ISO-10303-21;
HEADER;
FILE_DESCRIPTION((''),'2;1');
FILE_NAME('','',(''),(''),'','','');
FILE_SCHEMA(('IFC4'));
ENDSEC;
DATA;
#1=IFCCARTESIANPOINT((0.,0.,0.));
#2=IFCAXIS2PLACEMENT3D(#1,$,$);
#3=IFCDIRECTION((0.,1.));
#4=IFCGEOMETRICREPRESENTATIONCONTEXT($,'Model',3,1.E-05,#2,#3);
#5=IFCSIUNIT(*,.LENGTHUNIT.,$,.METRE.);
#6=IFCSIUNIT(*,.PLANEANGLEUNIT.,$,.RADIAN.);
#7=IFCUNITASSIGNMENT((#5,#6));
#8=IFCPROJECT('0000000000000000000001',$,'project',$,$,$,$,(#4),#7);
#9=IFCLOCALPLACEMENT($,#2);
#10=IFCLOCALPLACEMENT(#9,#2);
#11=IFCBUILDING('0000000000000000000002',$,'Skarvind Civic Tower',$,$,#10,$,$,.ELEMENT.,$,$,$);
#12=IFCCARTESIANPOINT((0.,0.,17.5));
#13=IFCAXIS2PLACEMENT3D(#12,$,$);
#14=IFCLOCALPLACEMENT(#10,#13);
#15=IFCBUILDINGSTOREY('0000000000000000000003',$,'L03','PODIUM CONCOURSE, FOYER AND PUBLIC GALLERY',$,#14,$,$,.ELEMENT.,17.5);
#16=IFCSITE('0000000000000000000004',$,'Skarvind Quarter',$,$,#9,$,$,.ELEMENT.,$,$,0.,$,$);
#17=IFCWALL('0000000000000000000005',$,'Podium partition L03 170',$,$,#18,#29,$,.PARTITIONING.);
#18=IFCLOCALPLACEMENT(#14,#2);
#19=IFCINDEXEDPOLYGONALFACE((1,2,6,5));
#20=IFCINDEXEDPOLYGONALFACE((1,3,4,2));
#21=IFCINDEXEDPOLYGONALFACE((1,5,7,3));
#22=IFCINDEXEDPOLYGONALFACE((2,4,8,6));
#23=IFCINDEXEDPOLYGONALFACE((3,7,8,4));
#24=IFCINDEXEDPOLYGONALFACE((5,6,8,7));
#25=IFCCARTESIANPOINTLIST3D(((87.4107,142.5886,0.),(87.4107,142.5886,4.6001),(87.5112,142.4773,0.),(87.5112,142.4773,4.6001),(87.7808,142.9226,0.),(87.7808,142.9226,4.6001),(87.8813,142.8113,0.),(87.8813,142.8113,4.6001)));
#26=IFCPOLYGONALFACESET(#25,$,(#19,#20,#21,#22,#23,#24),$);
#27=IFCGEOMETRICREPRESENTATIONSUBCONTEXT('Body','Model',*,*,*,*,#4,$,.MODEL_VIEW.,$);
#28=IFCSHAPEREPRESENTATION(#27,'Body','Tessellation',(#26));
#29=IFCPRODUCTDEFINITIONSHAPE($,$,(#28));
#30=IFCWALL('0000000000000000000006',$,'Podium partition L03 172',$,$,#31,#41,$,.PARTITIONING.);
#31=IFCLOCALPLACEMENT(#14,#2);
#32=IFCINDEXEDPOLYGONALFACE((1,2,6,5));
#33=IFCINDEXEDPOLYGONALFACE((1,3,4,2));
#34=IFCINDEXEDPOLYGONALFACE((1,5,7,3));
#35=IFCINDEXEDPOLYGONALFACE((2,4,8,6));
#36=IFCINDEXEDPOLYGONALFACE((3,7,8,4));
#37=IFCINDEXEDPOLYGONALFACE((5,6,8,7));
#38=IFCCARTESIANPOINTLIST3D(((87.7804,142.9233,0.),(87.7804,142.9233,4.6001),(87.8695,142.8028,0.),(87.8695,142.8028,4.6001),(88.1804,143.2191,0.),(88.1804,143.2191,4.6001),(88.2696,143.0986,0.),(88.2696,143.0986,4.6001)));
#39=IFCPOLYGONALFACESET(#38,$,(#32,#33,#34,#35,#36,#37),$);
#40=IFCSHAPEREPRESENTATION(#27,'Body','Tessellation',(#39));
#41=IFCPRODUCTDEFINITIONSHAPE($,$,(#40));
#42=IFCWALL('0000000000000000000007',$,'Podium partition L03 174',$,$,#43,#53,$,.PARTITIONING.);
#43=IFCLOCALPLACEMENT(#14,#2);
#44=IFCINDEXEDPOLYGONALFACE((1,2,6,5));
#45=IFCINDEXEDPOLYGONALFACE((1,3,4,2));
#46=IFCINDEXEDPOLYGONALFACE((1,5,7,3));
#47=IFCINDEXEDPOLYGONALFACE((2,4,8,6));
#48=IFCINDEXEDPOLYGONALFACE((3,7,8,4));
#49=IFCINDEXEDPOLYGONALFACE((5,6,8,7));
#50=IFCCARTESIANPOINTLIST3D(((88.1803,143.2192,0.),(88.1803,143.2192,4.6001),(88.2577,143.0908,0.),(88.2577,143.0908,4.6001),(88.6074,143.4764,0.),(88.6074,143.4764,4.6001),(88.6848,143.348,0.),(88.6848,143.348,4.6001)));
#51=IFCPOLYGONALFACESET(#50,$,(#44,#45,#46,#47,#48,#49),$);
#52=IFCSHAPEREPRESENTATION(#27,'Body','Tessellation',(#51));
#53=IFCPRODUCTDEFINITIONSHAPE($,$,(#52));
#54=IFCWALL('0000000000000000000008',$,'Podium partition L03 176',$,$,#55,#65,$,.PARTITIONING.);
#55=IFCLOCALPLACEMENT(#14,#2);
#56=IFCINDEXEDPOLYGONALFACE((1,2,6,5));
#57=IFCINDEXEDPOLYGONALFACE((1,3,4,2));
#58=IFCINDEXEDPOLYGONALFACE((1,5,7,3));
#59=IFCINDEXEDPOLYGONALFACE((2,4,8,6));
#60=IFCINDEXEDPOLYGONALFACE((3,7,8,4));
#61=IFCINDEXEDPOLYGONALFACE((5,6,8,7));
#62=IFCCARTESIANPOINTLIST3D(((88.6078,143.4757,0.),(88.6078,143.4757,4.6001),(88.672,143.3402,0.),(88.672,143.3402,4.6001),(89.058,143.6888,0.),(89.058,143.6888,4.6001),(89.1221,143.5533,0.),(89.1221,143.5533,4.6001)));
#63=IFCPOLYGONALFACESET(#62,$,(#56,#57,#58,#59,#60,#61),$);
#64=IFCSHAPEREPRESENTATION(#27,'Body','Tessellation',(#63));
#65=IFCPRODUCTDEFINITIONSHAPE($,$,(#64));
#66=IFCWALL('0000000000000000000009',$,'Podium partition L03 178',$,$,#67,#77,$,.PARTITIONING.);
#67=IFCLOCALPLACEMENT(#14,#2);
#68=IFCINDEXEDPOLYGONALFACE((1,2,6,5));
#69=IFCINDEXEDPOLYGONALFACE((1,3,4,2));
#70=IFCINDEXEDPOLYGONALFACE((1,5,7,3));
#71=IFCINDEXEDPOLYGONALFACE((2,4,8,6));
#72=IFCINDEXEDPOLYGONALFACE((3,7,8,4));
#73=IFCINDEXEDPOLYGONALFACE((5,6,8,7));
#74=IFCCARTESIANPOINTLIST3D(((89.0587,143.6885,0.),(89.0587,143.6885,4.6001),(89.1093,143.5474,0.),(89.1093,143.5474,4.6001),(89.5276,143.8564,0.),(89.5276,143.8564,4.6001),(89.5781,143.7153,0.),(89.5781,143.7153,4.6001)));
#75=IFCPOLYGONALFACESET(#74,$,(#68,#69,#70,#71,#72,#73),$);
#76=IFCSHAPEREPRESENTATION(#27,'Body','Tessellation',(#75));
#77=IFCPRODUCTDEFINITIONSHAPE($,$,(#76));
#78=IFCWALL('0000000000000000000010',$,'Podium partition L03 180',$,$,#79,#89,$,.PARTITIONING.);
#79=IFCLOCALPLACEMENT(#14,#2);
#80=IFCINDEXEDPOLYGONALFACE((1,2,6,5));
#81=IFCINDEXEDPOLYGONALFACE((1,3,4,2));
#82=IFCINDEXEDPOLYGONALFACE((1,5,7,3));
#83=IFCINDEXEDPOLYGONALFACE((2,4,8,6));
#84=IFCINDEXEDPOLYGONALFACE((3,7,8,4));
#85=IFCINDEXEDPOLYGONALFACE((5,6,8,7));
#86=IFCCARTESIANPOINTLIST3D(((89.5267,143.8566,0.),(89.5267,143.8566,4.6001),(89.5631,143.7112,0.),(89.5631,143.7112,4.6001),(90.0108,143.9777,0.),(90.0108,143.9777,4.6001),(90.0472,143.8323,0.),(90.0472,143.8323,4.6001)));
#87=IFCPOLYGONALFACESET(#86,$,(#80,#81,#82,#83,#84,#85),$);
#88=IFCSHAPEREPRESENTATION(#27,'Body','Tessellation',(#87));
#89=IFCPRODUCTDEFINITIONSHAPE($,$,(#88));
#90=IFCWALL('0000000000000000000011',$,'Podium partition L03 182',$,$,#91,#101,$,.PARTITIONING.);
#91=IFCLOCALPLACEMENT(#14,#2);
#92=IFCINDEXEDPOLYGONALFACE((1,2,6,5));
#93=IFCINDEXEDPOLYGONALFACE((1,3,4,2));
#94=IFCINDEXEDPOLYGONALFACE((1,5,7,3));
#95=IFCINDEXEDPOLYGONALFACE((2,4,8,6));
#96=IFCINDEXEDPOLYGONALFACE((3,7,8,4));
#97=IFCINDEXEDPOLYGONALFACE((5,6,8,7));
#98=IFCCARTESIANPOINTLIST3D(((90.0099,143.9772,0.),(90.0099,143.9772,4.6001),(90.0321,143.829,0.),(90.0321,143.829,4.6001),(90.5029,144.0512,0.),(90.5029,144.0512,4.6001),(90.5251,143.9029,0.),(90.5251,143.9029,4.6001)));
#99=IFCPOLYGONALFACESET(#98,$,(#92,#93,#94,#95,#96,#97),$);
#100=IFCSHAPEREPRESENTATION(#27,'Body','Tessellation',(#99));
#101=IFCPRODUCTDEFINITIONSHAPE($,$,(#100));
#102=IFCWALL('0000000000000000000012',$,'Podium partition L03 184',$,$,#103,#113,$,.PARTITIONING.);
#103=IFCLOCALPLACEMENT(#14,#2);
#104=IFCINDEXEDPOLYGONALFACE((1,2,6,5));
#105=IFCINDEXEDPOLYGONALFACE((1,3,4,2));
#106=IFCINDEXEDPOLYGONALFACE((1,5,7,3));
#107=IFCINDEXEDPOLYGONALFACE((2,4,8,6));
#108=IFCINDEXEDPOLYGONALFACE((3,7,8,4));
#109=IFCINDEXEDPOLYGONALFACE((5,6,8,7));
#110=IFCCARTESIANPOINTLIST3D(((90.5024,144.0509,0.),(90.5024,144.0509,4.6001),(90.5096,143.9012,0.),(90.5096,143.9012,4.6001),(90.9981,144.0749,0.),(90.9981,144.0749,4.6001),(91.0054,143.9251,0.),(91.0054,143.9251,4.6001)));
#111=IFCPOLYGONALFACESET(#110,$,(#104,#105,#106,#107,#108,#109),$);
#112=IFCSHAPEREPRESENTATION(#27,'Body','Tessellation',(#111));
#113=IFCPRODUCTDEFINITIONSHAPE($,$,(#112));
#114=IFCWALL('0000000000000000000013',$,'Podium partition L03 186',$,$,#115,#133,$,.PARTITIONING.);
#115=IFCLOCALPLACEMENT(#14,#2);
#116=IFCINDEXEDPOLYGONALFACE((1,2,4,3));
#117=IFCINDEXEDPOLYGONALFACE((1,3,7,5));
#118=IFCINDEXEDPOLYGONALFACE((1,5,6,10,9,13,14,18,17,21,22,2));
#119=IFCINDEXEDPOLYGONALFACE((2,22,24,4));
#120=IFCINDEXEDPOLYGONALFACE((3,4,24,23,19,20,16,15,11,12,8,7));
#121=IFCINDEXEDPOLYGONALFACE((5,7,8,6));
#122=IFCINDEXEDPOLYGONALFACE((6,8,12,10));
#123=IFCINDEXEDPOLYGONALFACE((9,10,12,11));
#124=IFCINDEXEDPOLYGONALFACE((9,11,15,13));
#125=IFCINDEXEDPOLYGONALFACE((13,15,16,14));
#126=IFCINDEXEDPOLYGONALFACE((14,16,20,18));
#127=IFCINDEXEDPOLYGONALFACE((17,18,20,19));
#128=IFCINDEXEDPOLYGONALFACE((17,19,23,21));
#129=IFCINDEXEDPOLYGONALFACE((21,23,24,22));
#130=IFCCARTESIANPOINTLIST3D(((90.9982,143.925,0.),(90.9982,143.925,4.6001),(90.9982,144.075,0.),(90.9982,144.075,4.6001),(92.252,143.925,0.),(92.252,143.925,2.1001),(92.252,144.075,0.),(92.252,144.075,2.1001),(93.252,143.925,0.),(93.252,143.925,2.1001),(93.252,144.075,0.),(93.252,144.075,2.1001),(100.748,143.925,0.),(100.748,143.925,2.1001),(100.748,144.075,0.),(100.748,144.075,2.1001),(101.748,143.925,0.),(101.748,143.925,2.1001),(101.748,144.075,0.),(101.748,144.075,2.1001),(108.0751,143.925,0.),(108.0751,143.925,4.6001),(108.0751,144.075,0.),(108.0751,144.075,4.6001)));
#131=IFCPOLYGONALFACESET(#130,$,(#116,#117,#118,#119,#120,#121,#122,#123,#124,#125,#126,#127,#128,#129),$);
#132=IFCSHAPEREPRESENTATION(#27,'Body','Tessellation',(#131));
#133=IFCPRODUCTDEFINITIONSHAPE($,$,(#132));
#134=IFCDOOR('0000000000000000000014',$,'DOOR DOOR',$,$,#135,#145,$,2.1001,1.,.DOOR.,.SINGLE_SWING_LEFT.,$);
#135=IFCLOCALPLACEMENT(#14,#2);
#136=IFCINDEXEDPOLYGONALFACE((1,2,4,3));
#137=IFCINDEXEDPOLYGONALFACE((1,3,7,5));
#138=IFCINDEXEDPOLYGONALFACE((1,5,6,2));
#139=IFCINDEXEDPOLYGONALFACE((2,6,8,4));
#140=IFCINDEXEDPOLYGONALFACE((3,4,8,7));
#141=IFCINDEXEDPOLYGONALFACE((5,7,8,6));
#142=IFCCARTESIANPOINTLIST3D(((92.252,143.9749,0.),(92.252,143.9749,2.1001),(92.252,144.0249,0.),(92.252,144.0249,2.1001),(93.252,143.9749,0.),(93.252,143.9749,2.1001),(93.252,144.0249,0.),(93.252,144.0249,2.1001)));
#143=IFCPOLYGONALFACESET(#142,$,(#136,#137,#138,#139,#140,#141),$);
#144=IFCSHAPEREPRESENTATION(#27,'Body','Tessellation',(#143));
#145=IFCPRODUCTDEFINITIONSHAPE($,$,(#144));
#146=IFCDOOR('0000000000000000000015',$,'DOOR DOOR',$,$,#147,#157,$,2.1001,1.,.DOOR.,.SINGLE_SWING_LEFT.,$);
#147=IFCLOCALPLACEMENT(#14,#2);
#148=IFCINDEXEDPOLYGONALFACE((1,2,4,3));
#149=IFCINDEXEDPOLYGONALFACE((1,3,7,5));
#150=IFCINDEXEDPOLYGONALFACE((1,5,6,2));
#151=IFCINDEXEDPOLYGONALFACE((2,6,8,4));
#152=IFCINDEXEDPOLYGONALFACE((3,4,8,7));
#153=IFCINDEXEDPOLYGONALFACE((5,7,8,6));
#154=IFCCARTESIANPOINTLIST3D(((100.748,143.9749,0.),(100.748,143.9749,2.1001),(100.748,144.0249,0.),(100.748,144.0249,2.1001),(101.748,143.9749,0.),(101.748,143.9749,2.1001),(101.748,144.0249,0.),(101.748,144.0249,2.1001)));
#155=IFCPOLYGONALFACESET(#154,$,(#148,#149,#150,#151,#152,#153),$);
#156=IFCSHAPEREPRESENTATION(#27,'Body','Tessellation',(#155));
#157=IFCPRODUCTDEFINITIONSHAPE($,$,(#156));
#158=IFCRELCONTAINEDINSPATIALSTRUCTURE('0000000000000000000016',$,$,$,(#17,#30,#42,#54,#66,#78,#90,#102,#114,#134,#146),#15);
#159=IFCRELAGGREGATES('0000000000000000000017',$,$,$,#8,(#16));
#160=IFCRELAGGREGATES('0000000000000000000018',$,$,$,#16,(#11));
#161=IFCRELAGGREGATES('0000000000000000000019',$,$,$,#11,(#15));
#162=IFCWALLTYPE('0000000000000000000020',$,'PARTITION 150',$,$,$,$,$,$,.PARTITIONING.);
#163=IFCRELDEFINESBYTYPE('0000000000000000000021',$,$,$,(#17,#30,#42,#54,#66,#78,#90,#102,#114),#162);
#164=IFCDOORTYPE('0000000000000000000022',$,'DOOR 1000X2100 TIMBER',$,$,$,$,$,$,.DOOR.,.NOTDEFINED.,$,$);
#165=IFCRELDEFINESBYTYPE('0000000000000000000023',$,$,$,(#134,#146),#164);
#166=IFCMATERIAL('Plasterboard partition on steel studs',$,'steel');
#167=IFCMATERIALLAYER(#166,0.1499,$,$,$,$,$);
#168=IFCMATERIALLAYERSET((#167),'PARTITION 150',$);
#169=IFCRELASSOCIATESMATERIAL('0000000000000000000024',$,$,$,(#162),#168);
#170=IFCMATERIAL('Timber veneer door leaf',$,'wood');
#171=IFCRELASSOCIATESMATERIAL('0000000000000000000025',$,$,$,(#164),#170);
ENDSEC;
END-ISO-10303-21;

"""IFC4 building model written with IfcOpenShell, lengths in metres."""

from ifc_helpers import new_model, si_unit, direction, frame, frame_2d, origin, place, context, subcontext, project, spatial, rectangle, extrude, material, layer, layer_set, type_object, element, fill, save


model = new_model("IFC4")

# Units and contexts
model_context = context("Model", 3, precision=1e-05, world=origin(), true_north=direction((0.0, 1.0)))
body_context = subcontext(model_context, "Body", "Model", "MODEL_VIEW")
ifc_project = project(units=[si_unit("LENGTHUNIT", "METRE"), si_unit("PLANEANGLEUNIT", "RADIAN")], contexts=[model_context])

# Site, building, storey
site_placement = place(None, origin())
site = spatial("IfcSite", under=ifc_project, at=site_placement, Name="Skarvind Quarter", CompositionType="ELEMENT", RefElevation=0.0)
building_placement = place(site_placement, origin())
building = spatial("IfcBuilding", under=site, at=building_placement, Name="Skarvind Civic Tower", CompositionType="ELEMENT")
storey_placement = place(building_placement, frame((0.0, 0.0, 17.5)))
storey = spatial("IfcBuildingStorey", under=building, at=storey_placement, Name="L03", Description="PODIUM CONCOURSE, FOYER AND PUBLIC GALLERY", CompositionType="ELEMENT", Elevation=17.5)

# Walls
ifc_material_1 = material(Name="Plasterboard partition on steel studs", Category="steel")
ifc_layer_1 = layer(ifc_material_1, 0.1499)
ifc_layer_set_1 = layer_set([ifc_layer_1], Name="PARTITION 150")
wall_type_1 = type_object("IfcWallType", Name="PARTITION 150", PredefinedType="PARTITIONING", material=ifc_layer_set_1)
for number, where, z_axis, x_axis, name in (
    (1, (87.4609, 142.533, 0.0), (0.0, 0.0, 1.0), (0.742417, 0.669938, 0.0), "Podium partition L03 170"),
):
    element("IfcWall", number, at=place(storey_placement, frame(where, z_axis=z_axis, x_axis=x_axis)), inside=storey, type_object=wall_type_1, Name=name, PredefinedType="PARTITIONING", context=body_context, shape_type="SweptSolid", body=[
        extrude(rectangle(XDim=0.4985, YDim=0.1499, at=frame_2d((0.2493, 0.0))), origin(), (0.0, 0.0, 1.0), 4.6001),
    ])
wall_1_placement = place(storey_placement, frame((87.825, 142.863, 0.0), z_axis=(0.0, 0.0, 1.0), x_axis=(0.804044, 0.59457, 0.0)))
element("IfcWall", 2, at=wall_1_placement, inside=storey, type_object=wall_type_1, Name="Podium partition L03 172", PredefinedType="PARTITIONING", context=body_context, shape_type="SweptSolid", body=[
    extrude(rectangle(XDim=0.4976, YDim=0.1499, at=frame_2d((0.2488, 0.0))), origin(), (0.0, 0.0, 1.0), 4.6001),
])
wall_2_placement = place(storey_placement, frame((88.219, 143.155, 0.0), z_axis=(0.0, 0.0, 1.0), x_axis=(0.856714, 0.515792, 0.0)))
element("IfcWall", 3, at=wall_2_placement, inside=storey, type_object=wall_type_1, Name="Podium partition L03 174", PredefinedType="PARTITIONING", context=body_context, shape_type="SweptSolid", body=[
    extrude(rectangle(XDim=0.4985, YDim=0.1499, at=frame_2d((0.2493, 0.0))), origin(), (0.0, 0.0, 1.0), 4.6001),
])
for number, where, z_axis, x_axis, name in (
    (4, (88.6399, 143.408, 0.0), (0.0, 0.0, 1.0), (0.903828, 0.427897, 0.0), "Podium partition L03 176"),
    (5, (89.084, 143.6179, 0.0), (0.0, 0.0, 1.0), (0.941442, 0.337174, 0.0), "Podium partition L03 178"),
):
    element("IfcWall", number, at=place(storey_placement, frame(where, z_axis=z_axis, x_axis=x_axis)), inside=storey, type_object=wall_type_1, Name=name, PredefinedType="PARTITIONING", context=body_context, shape_type="SweptSolid", body=[
        extrude(rectangle(XDim=0.498, YDim=0.1499, at=frame_2d((0.249, 0.0))), origin(), (0.0, 0.0, 1.0), 4.6001),
    ])
wall_3_placement = place(storey_placement, frame((89.5449, 143.7839, 0.0), z_axis=(0.0, 0.0, 1.0), x_axis=(0.970114, 0.242651, 0.0)))
element("IfcWall", 6, at=wall_3_placement, inside=storey, type_object=wall_type_1, Name="Podium partition L03 180", PredefinedType="PARTITIONING", context=body_context, shape_type="SweptSolid", body=[
    extrude(rectangle(XDim=0.499, YDim=0.1499, at=frame_2d((0.2495, 0.0))), origin(), (0.0, 0.0, 1.0), 4.6001),
])
wall_4_placement = place(storey_placement, frame((90.021, 143.9031, 0.0), z_axis=(0.0, 0.0, 1.0), x_axis=(0.988926, 0.148412, 0.0)))
element("IfcWall", 7, at=wall_4_placement, inside=storey, type_object=wall_type_1, Name="Podium partition L03 182", PredefinedType="PARTITIONING", context=body_context, shape_type="SweptSolid", body=[
    extrude(rectangle(XDim=0.4985, YDim=0.1499, at=frame_2d((0.2493, 0.0))), origin(), (0.0, 0.0, 1.0), 4.6001),
])
wall_5_placement = place(storey_placement, frame((90.5061, 143.9761, 0.0), z_axis=(0.0, 0.0, 1.0), x_axis=(0.998838, 0.048196, 0.0)))
element("IfcWall", 8, at=wall_5_placement, inside=storey, type_object=wall_type_1, Name="Podium partition L03 184", PredefinedType="PARTITIONING", context=body_context, shape_type="SweptSolid", body=[
    extrude(rectangle(XDim=0.4963, YDim=0.1499, at=frame_2d((0.248, 0.0))), origin(), (0.0, 0.0, 1.0), 4.6001),
])

# Wall, openings, doors
wall_6_placement = place(storey_placement, frame((90.998, 144.0, 0.0), z_axis=(0.0, 0.0, 1.0), x_axis=(1.0, 0.0, 0.0)))
wall_6 = element("IfcWall", 9, at=wall_6_placement, inside=storey, type_object=wall_type_1, Name="Podium partition L03 186", PredefinedType="PARTITIONING", context=body_context, shape_type="SweptSolid", body=[
    extrude(rectangle(XDim=17.0769, YDim=0.1499, at=frame_2d((8.5386, 0.0))), origin(), (0.0, 0.0, 1.0), 4.6001),
])
opening_1_placement = place(wall_6_placement, frame((1.2539, 0.0, 0.0)))
opening_1 = element("IfcOpeningElement", 10, at=opening_1_placement, cuts=wall_6, PredefinedType="OPENING", context=body_context, shape_type="SweptSolid", body=[
    extrude(rectangle(XDim=1.0, YDim=2.1001, at=frame_2d((0.5, 1.05))), frame((0.0, 0.085, 0.0), z_axis=(0.0, -1.0, 0.0), x_axis=(1.0, 0.0, 0.0)), (0.0, 0.0, 1.0), 0.1699),
])
opening_2_placement = place(wall_6_placement, frame((9.75, 0.0, 0.0)))
opening_2 = element("IfcOpeningElement", 11, at=opening_2_placement, cuts=wall_6, PredefinedType="OPENING", context=body_context, shape_type="SweptSolid", body=[
    extrude(rectangle(XDim=1.0, YDim=2.1001, at=frame_2d((0.5, 1.05))), frame((0.0, 0.085, 0.0), z_axis=(0.0, -1.0, 0.0), x_axis=(1.0, 0.0, 0.0)), (0.0, 0.0, 1.0), 0.1699),
])
ifc_material_2 = material(Name="Timber veneer door leaf", Category="wood")
door_type = type_object("IfcDoorType", Name="DOOR 1000X2100 TIMBER", OperationType="NOTDEFINED", PredefinedType="DOOR", material=ifc_material_2)
door_1_placement = place(opening_1_placement, origin())
door_1 = element("IfcDoor", 12, at=door_1_placement, inside=storey, type_object=door_type, Name="DOOR DOOR", OperationType="SINGLE_SWING_LEFT", OverallHeight=2.1001, OverallWidth=1.0, PredefinedType="DOOR", context=body_context, shape_type="SweptSolid", body=[
    extrude(rectangle(XDim=1.0, YDim=2.1001, at=frame_2d((0.5, 1.05))), frame((0.0, 0.0249, 0.0), z_axis=(0.0, -1.0, 0.0), x_axis=(1.0, 0.0, 0.0)), (0.0, 0.0, 1.0), 0.05),
])
fill(opening_1, door_1)
door_2_placement = place(opening_2_placement, origin())
door_2 = element("IfcDoor", 13, at=door_2_placement, inside=storey, type_object=door_type, Name="DOOR DOOR", OperationType="SINGLE_SWING_LEFT", OverallHeight=2.1001, OverallWidth=1.0, PredefinedType="DOOR", context=body_context, shape_type="SweptSolid", body=[
    extrude(rectangle(XDim=1.0, YDim=2.1001, at=frame_2d((0.5, 1.05))), frame((0.0, 0.0249, 0.0), z_axis=(0.0, -1.0, 0.0), x_axis=(1.0, 0.0, 0.0)), (0.0, 0.0, 1.0), 0.05),
])
fill(opening_2, door_2)

save(model, "model.ifc")
